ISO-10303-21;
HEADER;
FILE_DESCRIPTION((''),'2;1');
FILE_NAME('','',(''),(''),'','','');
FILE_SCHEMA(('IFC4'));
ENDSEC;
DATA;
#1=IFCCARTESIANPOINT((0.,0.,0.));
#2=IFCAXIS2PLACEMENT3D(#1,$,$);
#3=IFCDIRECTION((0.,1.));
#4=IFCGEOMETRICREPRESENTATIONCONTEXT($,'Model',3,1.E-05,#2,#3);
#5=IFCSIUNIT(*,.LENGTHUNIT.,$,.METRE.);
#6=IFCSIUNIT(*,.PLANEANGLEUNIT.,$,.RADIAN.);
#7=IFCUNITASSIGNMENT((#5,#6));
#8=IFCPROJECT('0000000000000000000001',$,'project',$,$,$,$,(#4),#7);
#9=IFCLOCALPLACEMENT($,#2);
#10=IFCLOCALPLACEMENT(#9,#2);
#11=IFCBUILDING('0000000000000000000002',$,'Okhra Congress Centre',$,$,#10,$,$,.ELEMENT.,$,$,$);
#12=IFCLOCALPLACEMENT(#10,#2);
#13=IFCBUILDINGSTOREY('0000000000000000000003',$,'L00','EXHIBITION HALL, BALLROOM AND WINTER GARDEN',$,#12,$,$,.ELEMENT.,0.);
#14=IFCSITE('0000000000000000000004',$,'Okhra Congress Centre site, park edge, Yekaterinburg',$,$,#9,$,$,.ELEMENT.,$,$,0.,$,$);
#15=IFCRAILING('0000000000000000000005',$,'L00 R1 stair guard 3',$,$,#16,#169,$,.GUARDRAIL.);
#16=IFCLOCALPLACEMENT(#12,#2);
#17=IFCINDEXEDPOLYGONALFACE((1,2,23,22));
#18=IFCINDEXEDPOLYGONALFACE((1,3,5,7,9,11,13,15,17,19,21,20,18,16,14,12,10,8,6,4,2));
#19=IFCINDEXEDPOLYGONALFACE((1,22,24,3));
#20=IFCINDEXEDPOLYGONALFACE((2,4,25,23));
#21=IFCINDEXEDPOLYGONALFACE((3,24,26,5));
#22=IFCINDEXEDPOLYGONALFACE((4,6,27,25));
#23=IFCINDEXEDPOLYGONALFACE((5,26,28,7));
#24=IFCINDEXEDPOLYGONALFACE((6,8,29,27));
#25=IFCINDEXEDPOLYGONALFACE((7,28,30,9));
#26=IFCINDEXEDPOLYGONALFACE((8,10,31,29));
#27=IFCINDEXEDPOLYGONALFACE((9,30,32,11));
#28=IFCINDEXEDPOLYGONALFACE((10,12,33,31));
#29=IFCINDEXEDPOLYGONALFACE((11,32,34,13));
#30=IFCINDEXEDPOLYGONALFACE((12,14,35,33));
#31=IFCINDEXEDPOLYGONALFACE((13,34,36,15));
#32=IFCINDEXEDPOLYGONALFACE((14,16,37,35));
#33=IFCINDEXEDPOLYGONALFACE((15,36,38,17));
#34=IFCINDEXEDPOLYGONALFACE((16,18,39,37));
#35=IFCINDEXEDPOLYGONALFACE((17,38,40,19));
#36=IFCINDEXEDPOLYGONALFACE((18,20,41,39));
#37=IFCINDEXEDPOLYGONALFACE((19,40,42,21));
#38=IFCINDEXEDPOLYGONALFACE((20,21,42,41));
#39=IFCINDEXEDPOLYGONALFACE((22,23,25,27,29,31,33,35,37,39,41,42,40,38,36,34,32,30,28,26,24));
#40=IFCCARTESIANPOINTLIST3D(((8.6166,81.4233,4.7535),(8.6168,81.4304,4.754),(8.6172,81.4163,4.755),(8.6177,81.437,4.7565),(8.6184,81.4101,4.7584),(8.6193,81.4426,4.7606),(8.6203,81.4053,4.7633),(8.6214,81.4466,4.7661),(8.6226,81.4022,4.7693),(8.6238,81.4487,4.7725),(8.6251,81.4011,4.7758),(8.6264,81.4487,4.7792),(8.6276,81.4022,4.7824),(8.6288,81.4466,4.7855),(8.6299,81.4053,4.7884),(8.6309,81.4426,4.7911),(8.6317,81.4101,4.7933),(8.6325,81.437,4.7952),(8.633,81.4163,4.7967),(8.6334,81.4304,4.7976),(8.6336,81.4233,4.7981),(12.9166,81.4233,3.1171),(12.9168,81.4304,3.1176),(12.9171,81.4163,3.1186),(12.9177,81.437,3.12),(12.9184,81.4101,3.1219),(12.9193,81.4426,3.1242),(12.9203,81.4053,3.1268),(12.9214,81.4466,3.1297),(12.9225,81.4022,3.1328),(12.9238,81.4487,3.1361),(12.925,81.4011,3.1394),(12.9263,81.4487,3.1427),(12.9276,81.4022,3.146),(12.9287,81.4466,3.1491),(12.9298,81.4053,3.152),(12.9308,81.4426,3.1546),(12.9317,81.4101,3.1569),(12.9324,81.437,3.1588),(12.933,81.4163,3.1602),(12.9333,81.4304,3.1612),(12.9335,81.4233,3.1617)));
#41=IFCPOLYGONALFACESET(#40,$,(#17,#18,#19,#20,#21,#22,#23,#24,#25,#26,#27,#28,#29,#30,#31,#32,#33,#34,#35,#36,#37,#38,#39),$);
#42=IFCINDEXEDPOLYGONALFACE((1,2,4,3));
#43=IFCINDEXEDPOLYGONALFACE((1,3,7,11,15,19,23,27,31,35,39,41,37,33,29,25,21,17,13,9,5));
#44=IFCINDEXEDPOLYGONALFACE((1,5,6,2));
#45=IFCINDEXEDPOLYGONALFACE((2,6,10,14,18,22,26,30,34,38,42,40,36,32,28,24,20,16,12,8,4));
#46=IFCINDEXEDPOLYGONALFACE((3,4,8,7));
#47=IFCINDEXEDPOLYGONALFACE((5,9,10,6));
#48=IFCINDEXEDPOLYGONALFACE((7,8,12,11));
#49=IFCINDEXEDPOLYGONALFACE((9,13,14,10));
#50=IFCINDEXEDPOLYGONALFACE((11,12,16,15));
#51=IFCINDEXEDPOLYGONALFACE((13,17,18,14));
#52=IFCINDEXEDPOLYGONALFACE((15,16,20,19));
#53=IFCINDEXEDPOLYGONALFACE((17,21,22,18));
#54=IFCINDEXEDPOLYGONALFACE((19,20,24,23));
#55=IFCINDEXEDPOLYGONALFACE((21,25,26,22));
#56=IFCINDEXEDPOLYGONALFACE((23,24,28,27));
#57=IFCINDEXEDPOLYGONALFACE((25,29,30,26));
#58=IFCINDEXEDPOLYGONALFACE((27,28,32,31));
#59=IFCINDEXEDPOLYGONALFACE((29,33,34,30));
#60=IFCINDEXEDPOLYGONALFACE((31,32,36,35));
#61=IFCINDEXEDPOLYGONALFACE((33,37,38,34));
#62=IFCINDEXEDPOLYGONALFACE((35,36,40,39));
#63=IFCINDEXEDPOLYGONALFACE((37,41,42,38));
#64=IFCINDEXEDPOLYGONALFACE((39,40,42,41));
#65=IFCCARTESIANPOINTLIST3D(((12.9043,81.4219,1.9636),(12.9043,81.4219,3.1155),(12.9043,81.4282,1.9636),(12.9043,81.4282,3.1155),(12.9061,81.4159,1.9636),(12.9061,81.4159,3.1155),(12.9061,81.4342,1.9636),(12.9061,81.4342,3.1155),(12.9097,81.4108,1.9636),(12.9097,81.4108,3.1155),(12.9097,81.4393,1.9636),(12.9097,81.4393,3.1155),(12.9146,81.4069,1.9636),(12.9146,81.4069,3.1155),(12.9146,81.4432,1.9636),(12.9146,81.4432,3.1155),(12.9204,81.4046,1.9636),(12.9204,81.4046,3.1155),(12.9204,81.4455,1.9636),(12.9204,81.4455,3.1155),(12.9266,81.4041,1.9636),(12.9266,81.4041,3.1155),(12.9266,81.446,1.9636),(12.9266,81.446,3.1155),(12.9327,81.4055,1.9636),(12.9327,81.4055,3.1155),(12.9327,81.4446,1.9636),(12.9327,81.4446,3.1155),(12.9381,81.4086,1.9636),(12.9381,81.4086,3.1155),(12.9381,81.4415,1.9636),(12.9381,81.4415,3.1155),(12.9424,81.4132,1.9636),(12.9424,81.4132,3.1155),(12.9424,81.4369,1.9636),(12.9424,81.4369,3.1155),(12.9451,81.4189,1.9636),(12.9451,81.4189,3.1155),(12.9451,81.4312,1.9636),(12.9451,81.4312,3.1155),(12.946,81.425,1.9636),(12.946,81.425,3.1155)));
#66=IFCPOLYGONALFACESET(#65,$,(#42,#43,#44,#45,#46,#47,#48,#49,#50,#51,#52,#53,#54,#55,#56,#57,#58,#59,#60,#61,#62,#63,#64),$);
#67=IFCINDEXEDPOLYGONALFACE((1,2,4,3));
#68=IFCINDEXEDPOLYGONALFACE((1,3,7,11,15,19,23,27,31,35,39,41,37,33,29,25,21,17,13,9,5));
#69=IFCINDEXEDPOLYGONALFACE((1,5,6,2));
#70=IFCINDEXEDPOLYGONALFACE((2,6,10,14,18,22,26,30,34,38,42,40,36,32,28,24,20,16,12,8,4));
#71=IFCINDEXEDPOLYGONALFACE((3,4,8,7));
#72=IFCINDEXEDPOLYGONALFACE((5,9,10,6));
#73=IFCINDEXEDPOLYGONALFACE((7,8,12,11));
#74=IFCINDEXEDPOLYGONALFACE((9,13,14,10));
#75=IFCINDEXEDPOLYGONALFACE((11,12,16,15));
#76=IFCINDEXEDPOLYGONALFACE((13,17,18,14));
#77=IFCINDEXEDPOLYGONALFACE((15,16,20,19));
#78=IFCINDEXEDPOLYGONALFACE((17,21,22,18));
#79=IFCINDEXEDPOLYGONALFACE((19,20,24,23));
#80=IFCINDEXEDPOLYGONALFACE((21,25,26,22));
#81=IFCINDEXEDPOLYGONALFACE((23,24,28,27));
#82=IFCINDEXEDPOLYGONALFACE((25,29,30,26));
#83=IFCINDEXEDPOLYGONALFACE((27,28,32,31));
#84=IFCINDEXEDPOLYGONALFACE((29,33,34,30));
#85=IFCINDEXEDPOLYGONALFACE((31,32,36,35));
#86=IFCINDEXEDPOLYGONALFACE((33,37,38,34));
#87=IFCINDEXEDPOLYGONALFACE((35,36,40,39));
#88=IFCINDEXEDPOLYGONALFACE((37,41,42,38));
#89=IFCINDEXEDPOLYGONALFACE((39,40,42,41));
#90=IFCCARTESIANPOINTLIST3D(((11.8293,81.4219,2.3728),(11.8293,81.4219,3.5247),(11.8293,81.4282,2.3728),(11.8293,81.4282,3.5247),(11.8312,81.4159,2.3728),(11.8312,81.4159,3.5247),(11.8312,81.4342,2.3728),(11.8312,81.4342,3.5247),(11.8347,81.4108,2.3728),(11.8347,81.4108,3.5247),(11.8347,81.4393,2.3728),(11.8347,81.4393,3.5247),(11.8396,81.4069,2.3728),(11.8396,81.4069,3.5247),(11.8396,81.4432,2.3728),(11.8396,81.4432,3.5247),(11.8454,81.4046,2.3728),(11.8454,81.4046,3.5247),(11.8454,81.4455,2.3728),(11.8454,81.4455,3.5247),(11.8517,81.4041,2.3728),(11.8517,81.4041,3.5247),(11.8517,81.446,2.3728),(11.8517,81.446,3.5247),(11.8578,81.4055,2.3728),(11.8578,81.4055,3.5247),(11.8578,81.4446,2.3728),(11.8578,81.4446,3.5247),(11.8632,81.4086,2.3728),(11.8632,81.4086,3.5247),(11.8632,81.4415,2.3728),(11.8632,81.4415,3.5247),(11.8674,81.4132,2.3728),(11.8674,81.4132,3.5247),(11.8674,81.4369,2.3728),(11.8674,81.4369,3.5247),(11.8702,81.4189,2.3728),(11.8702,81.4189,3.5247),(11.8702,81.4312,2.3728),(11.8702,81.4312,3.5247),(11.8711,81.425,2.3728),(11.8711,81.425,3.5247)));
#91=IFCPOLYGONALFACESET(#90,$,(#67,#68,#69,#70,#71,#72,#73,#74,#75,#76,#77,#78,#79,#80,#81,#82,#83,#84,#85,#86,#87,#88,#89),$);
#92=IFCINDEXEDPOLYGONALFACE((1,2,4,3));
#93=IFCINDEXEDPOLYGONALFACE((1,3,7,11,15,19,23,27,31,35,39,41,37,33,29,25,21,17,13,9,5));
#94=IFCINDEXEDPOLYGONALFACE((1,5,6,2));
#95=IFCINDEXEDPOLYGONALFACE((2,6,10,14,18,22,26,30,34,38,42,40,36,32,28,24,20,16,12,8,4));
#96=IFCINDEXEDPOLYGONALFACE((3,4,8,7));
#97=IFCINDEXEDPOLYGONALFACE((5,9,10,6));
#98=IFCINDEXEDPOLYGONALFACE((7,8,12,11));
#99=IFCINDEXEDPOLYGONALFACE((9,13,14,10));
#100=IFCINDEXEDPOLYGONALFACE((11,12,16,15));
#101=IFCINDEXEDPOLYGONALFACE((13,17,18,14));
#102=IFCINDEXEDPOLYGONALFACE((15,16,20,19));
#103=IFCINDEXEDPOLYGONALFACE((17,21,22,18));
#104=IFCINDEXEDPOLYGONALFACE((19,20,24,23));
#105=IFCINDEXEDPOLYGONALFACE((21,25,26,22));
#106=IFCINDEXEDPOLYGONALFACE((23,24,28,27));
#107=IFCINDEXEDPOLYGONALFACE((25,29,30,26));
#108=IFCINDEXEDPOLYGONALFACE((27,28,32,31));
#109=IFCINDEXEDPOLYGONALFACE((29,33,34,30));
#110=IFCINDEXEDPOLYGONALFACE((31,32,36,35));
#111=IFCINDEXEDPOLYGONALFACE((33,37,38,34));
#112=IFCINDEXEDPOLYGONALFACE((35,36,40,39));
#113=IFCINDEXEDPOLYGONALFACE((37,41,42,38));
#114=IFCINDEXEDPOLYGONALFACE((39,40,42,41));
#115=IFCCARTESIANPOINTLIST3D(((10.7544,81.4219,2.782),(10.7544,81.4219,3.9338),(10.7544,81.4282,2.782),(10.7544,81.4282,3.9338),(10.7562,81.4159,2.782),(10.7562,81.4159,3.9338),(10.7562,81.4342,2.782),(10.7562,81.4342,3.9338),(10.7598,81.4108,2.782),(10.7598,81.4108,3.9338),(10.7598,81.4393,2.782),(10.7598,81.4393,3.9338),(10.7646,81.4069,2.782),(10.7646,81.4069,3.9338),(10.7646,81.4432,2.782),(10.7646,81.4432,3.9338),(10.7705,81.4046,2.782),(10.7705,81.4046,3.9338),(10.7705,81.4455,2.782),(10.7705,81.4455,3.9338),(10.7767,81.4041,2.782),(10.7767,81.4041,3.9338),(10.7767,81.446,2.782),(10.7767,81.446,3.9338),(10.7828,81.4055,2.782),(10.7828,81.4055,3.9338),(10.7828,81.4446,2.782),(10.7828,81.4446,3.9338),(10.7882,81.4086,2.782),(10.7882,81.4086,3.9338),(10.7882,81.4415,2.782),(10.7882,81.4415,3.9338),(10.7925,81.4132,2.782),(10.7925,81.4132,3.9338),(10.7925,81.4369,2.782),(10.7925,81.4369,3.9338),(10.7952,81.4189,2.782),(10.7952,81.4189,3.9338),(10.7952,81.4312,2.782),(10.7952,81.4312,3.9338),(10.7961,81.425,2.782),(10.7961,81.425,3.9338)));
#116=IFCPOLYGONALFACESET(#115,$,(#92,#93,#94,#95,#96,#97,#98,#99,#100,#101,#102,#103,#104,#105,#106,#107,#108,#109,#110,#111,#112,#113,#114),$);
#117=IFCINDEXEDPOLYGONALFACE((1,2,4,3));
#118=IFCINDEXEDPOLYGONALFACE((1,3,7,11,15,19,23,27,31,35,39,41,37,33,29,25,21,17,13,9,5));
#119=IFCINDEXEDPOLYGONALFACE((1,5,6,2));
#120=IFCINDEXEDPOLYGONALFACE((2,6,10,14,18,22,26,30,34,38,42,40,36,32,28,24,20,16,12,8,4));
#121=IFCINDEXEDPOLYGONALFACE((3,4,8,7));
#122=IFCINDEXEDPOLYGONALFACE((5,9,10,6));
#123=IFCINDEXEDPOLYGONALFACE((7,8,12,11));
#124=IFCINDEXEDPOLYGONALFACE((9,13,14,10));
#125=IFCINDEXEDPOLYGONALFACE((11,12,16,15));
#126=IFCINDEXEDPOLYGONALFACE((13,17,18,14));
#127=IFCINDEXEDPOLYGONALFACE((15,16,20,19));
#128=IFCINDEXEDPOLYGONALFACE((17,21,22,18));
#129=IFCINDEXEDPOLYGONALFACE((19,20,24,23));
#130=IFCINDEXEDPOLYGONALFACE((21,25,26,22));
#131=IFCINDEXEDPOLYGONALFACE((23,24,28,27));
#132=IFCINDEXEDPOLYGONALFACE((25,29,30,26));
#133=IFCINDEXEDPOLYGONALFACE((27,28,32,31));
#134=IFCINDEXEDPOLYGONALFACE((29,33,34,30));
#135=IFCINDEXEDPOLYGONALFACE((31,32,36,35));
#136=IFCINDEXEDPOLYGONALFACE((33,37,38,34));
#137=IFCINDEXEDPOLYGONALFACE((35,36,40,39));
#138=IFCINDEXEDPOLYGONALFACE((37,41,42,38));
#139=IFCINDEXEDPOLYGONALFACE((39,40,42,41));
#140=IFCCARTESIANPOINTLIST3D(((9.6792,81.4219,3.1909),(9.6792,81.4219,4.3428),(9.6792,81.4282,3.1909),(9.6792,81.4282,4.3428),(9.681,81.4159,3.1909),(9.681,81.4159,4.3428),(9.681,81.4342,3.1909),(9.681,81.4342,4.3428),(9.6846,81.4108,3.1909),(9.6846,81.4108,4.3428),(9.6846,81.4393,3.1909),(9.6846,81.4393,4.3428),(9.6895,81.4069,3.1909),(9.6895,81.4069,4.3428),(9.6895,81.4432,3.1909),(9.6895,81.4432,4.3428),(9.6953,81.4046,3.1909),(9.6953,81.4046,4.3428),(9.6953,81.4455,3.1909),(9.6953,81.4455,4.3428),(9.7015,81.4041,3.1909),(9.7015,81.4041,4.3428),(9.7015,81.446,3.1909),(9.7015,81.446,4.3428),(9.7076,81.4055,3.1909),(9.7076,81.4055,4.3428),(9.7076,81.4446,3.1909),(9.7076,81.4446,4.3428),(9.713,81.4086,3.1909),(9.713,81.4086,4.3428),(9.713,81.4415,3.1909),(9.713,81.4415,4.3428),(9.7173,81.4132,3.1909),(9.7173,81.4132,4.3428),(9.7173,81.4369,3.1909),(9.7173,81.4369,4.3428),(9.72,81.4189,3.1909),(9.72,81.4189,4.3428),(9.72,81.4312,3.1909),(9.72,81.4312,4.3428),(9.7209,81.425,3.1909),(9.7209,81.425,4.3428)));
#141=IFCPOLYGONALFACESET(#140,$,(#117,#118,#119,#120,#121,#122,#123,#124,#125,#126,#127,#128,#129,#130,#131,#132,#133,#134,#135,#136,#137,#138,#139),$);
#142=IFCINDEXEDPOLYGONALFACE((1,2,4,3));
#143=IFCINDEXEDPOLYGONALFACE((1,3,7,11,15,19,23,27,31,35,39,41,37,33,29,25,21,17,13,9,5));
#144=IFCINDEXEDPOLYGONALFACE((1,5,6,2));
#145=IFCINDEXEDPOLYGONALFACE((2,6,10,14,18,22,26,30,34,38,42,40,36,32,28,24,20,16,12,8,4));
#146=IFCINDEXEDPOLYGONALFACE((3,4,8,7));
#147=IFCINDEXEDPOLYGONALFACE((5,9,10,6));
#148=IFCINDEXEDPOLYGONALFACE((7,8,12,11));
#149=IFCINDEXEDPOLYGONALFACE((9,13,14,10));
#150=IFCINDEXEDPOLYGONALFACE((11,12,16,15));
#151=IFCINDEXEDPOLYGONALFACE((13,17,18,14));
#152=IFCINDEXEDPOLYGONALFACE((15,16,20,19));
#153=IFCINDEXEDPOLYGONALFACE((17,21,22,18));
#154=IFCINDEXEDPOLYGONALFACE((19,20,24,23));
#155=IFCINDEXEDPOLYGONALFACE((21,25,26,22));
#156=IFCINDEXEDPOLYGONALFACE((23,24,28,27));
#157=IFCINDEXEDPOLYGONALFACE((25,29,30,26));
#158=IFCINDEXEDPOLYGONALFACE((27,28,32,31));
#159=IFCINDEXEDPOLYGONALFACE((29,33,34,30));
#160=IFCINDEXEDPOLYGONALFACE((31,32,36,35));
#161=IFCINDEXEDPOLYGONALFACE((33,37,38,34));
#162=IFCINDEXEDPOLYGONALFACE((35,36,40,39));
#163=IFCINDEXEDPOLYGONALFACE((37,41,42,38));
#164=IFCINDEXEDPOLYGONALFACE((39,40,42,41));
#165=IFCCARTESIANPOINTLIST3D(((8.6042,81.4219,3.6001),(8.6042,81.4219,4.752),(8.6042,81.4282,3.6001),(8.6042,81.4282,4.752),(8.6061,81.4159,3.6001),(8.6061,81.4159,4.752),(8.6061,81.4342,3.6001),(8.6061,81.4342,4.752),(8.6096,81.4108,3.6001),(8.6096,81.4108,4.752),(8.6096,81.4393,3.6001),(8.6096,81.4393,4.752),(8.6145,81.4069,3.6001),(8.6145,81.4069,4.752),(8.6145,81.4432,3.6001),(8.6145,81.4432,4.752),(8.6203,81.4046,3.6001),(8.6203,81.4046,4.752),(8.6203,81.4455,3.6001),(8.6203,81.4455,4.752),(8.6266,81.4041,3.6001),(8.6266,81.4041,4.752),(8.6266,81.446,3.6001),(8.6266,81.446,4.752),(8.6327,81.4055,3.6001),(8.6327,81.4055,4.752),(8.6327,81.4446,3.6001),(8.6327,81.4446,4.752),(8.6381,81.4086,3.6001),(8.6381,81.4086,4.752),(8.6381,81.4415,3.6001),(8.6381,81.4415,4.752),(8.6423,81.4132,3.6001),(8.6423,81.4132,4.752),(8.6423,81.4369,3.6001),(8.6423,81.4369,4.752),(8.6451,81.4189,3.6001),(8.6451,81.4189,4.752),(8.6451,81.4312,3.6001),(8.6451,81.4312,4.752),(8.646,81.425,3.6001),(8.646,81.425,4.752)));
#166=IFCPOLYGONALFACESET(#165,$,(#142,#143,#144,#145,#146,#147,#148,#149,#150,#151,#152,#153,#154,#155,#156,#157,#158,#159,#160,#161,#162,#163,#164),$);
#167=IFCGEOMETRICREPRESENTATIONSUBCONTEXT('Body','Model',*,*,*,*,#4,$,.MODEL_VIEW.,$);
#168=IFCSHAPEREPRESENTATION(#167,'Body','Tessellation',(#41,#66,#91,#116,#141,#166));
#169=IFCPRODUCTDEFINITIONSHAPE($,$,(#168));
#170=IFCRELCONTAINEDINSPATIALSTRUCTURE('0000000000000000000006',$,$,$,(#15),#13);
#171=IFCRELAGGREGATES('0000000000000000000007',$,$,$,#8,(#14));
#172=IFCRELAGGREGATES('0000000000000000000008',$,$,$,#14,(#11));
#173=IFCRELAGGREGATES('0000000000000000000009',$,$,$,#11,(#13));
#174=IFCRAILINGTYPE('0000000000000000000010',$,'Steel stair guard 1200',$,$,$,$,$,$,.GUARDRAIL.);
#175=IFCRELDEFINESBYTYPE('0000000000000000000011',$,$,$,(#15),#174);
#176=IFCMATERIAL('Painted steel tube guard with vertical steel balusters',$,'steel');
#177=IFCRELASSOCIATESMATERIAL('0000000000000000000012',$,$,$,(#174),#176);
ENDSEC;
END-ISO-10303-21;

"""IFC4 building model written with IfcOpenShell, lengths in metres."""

from ifc_helpers import new_model, si_unit, direction, frame, origin, origin_2d, place, context, subcontext, project, spatial, circle, extrude, material, type_object, element, save


model = new_model("IFC4")

# Units and contexts
model_context = context("Model", 3, precision=1e-05, world=origin(), true_north=direction((0.0, 1.0)))
body_context = subcontext(model_context, "Body", "Model", "MODEL_VIEW")
ifc_project = project(units=[si_unit("LENGTHUNIT", "METRE"), si_unit("PLANEANGLEUNIT", "RADIAN")], contexts=[model_context])

# Site, building, storey
site_placement = place(None, origin())
site = spatial("IfcSite", under=ifc_project, at=site_placement, Name="Okhra Congress Centre site, park edge, Yekaterinburg", CompositionType="ELEMENT", RefElevation=0.0)
building_placement = place(site_placement, origin())
building = spatial("IfcBuilding", under=site, at=building_placement, Name="Okhra Congress Centre", CompositionType="ELEMENT")
storey_placement = place(building_placement, origin())
storey = spatial("IfcBuildingStorey", under=building, at=storey_placement, Name="L00", Description="EXHIBITION HALL, BALLROOM AND WINTER GARDEN", CompositionType="ELEMENT", Elevation=0.0)

# Railing
ifc_material_1 = material(Name="Painted steel tube guard with vertical steel balusters", Category="steel")
railing_type_1 = type_object("IfcRailingType", Name="Steel stair guard 1200", PredefinedType="GUARDRAIL", material=ifc_material_1)
railing_1_placement = place(storey_placement, frame((12.925, 81.425, 1.9636)))
element("IfcRailing", 1, at=railing_1_placement, inside=storey, type_object=railing_type_1, Name="L00 R1 stair guard 3", PredefinedType="GUARDRAIL", context=body_context, shape_type="SweptSolid", body=[
    extrude(circle(Radius=0.0239, at=origin_2d()), frame((0.0, 0.0, 1.1758), z_axis=(-0.934606, 0.0, 0.355684), x_axis=(0.0, -1.0, 0.0)), (0.0, 0.0, 1.0), 4.6008),
    extrude(circle(Radius=0.021, at=origin_2d()), origin(), (0.0, 0.0, 1.0), 1.1519),
    extrude(circle(Radius=0.021, at=origin_2d()), frame((-1.075, 0.0, 0.4092)), (0.0, 0.0, 1.0), 1.1519),
    extrude(circle(Radius=0.021, at=origin_2d()), frame((-2.1499, 0.0, 0.8184)), (0.0, 0.0, 1.0), 1.1519),
    extrude(circle(Radius=0.021, at=origin_2d()), frame((-3.2251, 0.0, 1.2273)), (0.0, 0.0, 1.0), 1.1519),
    extrude(circle(Radius=0.021, at=origin_2d()), frame((-4.3, 0.0, 1.6365)), (0.0, 0.0, 1.0), 1.1519),
])

save(model, "model.ifc")
